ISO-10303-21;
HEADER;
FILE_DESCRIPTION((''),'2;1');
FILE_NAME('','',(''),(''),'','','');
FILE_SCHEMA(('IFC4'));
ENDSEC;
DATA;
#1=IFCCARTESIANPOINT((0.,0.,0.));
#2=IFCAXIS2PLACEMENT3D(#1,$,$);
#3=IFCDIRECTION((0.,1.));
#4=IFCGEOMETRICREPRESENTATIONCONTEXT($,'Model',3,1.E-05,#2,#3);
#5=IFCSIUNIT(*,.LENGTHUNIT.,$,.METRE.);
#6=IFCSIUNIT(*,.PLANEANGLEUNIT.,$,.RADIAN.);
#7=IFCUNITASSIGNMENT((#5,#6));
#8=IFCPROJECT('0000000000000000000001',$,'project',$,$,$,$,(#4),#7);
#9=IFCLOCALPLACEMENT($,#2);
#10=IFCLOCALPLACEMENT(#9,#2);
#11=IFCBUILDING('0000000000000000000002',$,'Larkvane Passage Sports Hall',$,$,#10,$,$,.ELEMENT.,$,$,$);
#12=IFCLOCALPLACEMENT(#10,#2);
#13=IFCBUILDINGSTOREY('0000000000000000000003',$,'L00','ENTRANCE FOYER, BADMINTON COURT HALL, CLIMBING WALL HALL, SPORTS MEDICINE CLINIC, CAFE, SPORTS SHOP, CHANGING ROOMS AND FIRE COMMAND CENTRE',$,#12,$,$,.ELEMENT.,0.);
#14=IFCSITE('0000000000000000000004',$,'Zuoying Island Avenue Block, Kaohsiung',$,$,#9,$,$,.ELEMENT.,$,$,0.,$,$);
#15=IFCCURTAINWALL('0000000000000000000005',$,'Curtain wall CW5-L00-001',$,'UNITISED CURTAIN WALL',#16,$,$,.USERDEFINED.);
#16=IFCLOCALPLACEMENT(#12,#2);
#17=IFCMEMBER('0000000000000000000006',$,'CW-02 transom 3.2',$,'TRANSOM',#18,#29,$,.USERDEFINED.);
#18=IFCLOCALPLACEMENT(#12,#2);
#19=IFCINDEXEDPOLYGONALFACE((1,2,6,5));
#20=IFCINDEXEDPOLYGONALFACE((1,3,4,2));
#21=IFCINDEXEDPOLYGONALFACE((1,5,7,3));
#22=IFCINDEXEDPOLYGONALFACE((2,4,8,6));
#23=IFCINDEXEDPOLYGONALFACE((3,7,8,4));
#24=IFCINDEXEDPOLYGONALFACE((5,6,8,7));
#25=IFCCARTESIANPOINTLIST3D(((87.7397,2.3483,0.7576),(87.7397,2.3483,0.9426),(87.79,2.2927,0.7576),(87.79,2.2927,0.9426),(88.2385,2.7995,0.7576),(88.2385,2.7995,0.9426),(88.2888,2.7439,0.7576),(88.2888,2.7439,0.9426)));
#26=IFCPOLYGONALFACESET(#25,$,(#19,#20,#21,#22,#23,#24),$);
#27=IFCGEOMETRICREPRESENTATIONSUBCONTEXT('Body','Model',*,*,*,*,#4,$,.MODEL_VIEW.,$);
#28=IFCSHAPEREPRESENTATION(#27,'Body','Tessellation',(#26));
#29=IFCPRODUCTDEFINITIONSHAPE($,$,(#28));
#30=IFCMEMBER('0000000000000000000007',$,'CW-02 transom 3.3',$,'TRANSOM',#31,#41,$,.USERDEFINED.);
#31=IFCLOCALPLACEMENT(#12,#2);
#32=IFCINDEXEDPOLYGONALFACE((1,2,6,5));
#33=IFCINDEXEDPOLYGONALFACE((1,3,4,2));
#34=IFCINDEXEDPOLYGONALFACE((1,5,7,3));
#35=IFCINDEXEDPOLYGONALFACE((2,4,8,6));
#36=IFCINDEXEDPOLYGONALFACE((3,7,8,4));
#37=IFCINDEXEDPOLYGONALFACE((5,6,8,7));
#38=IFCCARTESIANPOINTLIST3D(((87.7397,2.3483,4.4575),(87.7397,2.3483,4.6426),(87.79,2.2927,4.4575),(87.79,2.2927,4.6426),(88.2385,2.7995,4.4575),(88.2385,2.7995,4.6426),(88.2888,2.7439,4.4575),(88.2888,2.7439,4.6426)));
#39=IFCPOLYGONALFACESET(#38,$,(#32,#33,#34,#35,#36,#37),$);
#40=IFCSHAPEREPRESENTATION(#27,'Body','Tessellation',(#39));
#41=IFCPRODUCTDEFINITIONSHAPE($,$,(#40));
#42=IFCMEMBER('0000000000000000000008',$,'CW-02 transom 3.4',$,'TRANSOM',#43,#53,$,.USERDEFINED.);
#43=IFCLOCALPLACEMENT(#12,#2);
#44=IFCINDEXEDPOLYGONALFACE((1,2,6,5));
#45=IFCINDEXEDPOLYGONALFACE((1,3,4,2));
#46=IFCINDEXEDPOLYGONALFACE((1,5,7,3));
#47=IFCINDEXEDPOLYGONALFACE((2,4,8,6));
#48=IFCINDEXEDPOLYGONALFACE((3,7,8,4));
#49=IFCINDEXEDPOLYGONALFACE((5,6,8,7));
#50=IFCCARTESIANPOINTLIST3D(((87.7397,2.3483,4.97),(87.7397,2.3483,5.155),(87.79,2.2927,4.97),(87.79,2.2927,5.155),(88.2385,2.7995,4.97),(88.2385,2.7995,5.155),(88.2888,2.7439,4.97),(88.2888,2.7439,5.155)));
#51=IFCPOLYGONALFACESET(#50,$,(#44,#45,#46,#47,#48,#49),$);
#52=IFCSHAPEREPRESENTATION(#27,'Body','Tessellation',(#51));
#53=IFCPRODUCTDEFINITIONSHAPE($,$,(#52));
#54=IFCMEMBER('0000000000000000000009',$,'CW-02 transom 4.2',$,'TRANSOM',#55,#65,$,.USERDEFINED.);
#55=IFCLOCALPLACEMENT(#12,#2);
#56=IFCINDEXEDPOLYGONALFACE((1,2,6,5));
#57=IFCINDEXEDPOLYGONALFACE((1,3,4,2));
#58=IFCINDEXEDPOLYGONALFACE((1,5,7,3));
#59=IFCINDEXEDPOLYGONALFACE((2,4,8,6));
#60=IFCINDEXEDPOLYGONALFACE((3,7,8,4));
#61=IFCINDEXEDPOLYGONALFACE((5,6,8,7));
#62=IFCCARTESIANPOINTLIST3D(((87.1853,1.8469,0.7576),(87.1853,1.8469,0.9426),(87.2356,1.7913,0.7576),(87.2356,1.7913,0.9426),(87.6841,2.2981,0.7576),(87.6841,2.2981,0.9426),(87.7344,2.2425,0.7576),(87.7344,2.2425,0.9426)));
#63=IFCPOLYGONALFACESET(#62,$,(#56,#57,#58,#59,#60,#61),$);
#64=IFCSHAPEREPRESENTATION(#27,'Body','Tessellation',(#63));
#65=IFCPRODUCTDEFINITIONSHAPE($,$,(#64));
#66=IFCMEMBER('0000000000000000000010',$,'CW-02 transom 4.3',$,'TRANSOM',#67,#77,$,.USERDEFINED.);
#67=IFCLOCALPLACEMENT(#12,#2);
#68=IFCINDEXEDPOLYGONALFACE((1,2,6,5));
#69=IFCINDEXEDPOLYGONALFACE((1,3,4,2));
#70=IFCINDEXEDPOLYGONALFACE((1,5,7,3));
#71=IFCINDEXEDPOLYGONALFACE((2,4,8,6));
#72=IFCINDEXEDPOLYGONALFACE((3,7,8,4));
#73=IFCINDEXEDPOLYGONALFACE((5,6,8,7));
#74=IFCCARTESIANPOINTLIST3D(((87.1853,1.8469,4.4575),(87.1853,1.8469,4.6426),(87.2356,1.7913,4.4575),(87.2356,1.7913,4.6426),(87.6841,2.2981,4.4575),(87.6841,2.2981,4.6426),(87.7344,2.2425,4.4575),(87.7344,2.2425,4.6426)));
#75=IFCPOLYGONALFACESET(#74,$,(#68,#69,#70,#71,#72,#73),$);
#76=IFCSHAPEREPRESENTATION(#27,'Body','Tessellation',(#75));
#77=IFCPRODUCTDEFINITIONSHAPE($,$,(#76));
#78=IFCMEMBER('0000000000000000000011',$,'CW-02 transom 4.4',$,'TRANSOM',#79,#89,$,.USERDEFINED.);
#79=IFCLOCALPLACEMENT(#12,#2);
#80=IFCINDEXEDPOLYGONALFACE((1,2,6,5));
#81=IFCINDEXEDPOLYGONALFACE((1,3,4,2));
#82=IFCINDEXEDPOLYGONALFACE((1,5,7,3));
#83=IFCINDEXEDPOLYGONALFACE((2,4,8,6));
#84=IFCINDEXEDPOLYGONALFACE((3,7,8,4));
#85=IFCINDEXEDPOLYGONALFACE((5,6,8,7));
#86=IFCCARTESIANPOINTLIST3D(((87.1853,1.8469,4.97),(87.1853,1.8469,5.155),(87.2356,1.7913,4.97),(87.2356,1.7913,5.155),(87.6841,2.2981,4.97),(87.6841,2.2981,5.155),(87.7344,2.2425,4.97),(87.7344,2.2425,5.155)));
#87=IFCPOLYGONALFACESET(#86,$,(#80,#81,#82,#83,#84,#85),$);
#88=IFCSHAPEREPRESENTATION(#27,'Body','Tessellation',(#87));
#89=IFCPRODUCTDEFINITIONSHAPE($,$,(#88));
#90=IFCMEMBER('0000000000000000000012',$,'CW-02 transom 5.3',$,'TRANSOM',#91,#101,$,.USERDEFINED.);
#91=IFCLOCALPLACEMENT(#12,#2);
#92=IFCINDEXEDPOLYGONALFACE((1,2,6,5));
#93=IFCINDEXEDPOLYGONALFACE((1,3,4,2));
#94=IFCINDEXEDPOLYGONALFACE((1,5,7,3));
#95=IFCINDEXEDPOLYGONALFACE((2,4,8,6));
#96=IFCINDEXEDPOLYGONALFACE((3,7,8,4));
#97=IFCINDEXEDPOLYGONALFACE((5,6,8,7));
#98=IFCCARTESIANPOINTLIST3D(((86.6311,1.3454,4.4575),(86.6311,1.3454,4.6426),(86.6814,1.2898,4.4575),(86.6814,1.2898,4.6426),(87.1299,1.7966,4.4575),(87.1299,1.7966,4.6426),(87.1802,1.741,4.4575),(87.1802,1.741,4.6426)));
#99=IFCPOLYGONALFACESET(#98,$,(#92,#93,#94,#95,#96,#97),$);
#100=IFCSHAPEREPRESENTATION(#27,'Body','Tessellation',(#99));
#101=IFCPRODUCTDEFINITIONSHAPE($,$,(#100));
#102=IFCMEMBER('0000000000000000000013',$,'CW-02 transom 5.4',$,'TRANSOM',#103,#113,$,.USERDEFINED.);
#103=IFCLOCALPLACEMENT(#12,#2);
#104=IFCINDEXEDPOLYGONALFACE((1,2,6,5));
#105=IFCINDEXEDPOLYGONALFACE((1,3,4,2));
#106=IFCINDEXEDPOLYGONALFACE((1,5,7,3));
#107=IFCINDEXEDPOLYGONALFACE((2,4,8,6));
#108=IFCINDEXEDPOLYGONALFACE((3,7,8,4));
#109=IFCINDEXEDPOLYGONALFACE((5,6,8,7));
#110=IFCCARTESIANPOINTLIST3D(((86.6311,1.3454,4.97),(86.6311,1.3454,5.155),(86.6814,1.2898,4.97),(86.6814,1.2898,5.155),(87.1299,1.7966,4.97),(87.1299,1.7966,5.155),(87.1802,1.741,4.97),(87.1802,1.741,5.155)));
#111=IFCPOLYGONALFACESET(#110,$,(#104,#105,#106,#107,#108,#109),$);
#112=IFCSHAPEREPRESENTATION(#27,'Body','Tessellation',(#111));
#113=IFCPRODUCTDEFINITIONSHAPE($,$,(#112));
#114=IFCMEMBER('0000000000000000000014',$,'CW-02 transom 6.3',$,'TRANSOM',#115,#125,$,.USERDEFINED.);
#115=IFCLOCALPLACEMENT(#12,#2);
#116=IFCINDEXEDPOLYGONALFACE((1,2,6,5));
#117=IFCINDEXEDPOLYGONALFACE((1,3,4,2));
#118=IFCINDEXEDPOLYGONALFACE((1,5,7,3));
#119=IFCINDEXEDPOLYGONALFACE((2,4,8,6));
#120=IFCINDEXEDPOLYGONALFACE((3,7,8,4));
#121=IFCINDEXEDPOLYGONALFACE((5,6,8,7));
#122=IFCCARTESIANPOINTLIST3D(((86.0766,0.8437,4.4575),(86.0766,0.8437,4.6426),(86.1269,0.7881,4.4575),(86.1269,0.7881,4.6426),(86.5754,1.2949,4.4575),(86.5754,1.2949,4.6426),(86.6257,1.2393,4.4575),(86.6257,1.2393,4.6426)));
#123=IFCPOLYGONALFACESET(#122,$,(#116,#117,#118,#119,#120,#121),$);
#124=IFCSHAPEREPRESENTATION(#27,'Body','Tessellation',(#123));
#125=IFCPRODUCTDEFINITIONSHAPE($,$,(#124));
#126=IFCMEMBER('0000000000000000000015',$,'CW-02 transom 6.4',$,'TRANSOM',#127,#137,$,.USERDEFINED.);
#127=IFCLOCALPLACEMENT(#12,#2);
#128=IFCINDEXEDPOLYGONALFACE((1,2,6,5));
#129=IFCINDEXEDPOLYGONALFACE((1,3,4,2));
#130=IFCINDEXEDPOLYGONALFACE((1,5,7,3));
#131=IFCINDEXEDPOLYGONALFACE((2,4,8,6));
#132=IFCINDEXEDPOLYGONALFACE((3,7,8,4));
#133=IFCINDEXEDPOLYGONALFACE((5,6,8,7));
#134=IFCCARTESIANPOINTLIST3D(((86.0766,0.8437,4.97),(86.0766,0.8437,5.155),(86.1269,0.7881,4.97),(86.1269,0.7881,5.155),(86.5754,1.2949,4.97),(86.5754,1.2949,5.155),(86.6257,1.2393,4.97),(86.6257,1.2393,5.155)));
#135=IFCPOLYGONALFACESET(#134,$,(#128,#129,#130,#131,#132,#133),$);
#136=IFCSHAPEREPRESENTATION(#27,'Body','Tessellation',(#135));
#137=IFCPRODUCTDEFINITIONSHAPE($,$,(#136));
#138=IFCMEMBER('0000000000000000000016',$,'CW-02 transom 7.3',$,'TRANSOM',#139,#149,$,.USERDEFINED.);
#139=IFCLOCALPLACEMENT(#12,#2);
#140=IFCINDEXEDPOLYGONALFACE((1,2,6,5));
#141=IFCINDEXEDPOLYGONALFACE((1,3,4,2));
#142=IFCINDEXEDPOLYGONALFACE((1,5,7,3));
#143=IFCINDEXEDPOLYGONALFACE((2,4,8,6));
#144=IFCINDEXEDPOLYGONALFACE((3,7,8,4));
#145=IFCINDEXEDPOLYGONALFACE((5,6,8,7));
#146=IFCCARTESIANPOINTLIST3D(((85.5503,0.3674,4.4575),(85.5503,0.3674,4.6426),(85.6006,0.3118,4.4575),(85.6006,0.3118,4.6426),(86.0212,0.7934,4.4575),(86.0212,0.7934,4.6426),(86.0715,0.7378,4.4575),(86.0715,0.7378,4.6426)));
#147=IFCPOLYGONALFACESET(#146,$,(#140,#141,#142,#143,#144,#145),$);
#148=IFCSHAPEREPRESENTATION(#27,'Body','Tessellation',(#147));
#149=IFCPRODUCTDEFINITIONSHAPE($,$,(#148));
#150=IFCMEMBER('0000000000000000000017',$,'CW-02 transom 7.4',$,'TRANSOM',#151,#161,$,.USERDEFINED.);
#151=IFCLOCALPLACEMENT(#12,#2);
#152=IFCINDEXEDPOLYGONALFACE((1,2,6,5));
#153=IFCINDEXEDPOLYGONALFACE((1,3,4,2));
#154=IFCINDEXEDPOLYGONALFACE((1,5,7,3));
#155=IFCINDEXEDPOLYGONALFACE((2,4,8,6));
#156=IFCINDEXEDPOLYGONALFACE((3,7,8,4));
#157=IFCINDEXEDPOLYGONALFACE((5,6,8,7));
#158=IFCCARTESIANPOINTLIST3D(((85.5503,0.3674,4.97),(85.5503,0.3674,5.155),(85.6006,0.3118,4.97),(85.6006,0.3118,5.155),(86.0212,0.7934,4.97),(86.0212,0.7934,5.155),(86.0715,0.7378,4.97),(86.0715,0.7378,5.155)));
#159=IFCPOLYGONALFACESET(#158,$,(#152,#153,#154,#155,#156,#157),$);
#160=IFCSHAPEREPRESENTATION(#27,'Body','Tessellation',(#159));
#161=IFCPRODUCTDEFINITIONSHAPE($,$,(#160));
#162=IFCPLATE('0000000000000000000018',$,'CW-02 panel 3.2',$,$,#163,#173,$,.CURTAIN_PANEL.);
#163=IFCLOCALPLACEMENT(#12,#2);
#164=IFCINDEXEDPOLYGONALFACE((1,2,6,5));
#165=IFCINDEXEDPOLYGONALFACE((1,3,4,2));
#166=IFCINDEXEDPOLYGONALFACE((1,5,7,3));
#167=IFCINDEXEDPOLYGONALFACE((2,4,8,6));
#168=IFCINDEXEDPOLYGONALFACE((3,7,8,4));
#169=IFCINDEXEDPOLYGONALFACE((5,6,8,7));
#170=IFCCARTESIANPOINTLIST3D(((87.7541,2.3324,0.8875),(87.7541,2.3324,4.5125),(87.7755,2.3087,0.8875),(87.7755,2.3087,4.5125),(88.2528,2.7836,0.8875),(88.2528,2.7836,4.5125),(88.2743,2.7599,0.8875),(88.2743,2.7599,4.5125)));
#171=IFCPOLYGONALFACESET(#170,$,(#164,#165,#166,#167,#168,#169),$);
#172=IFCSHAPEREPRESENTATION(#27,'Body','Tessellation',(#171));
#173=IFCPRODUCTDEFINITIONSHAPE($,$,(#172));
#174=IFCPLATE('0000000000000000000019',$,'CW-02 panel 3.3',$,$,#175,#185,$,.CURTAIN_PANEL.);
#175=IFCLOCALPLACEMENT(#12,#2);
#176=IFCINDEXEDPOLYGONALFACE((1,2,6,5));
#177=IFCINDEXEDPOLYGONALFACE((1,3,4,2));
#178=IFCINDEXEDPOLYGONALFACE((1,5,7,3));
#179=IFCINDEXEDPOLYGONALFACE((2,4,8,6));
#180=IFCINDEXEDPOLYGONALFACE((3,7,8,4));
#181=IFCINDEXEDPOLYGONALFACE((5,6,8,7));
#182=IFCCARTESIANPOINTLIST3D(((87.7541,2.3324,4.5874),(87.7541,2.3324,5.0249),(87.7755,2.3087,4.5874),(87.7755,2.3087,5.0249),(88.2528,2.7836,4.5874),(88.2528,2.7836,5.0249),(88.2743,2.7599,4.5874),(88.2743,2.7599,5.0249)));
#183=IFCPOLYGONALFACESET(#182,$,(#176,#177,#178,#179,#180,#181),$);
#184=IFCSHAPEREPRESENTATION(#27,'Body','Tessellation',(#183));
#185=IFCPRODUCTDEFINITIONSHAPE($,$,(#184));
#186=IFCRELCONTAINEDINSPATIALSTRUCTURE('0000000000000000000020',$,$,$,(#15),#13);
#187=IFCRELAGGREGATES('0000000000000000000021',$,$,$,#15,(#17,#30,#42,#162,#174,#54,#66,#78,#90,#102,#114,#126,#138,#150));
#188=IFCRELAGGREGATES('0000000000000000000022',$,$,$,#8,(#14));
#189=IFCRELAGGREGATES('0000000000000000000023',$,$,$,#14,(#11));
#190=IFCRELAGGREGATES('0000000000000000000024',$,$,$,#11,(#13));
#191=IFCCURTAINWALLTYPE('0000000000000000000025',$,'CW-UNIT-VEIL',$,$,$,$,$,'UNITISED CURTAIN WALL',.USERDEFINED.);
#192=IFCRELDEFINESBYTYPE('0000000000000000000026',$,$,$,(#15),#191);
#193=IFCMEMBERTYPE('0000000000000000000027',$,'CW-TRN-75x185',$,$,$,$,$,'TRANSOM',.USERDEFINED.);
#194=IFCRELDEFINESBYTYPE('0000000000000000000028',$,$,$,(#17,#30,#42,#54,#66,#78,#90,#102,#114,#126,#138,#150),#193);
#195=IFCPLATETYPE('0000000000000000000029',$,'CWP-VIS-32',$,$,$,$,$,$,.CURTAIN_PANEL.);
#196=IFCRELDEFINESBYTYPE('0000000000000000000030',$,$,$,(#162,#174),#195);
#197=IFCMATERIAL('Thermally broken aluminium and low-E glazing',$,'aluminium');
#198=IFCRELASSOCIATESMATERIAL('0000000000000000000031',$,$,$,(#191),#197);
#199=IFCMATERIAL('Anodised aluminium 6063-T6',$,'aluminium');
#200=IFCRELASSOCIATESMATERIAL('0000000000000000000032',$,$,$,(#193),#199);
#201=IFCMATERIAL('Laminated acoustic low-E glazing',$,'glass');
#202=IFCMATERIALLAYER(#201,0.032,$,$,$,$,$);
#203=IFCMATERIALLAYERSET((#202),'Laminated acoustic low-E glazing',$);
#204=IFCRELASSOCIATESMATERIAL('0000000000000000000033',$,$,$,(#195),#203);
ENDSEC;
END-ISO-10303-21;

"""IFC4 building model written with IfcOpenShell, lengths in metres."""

from ifc_helpers import new_model, si_unit, direction, frame, origin, origin_2d, place, context, subcontext, project, spatial, rectangle, extrude, material, layer, layer_set, material_profile, profile_set, type_object, element, aggregate, save


model = new_model("IFC4")

# Units and contexts
model_context = context("Model", 3, precision=1e-05, world=origin(), true_north=direction((0.0, 1.0)))
body_context = subcontext(model_context, "Body", "Model", "MODEL_VIEW")
ifc_project = project(units=[si_unit("LENGTHUNIT", "METRE"), si_unit("PLANEANGLEUNIT", "RADIAN")], contexts=[model_context])

# Site, building, storey
site_placement = place(None, origin())
site = spatial("IfcSite", under=ifc_project, at=site_placement, Name="Zuoying Island Avenue Block, Kaohsiung", CompositionType="ELEMENT", RefElevation=0.0)
building_placement = place(site_placement, origin())
building = spatial("IfcBuilding", under=site, at=building_placement, Name="Larkvane Passage Sports Hall", CompositionType="ELEMENT")
storey_placement = place(building_placement, origin())
storey = spatial("IfcBuildingStorey", under=building, at=storey_placement, Name="L00", Description="ENTRANCE FOYER, BADMINTON COURT HALL, CLIMBING WALL HALL, SPORTS MEDICINE CLINIC, CAFE, SPORTS SHOP, CHANGING ROOMS AND FIRE COMMAND CENTRE", CompositionType="ELEMENT", Elevation=0.0)

# Curtain wall, members, plates
ifc_material_1 = material(Name="Thermally broken aluminium and low-E glazing", Category="aluminium")
curtain_wall_type = type_object("IfcCurtainWallType", Name="CW-UNIT-VEIL", ElementType="UNITISED CURTAIN WALL", PredefinedType="USERDEFINED", material=ifc_material_1)
curtain_wall_placement = place(storey_placement, origin())
curtain_wall = element("IfcCurtainWall", 1, at=curtain_wall_placement, inside=storey, type_object=curtain_wall_type, Name="Curtain wall CW5-L00-001", ObjectType="UNITISED CURTAIN WALL", PredefinedType="USERDEFINED")
ifc_material_2 = material(Name="Anodised aluminium 6063-T6", Category="aluminium")
ifc_material_profile = material_profile(ifc_material_2, rectangle(XDim=0.075, YDim=0.1851, at=origin_2d()), Name="ALU-TRN-75x185")
ifc_profile_set = profile_set([ifc_material_profile], Name="Anodised aluminium 6063-T6")
member_type = type_object("IfcMemberType", Name="CW-TRN-75x185", ElementType="TRANSOM", PredefinedType="USERDEFINED", material=ifc_profile_set)
member_1_placement = place(storey_placement, frame((88.2637, 2.7717, 0.8501), z_axis=(-0.741613, -0.670828, 0.0), x_axis=(0.670828, -0.741613, 0.0)))
member_1 = element("IfcMember", 2, at=member_1_placement, type_object=member_type, Name="CW-02 transom 3.2", ObjectType="TRANSOM", PredefinedType="USERDEFINED", context=body_context, shape_type="SweptSolid", body=[
    extrude(rectangle(XDim=0.075, YDim=0.1851, at=origin_2d()), origin(), (0.0, 0.0, 1.0), 0.6726),
])
member_2_placement = place(storey_placement, frame((88.2637, 2.7717, 4.55), z_axis=(-0.741613, -0.670828, 0.0), x_axis=(0.670828, -0.741613, 0.0)))
member_2 = element("IfcMember", 3, at=member_2_placement, type_object=member_type, Name="CW-02 transom 3.3", ObjectType="TRANSOM", PredefinedType="USERDEFINED", context=body_context, shape_type="SweptSolid", body=[
    extrude(rectangle(XDim=0.075, YDim=0.1851, at=origin_2d()), origin(), (0.0, 0.0, 1.0), 0.6726),
])
member_3_placement = place(storey_placement, frame((88.2637, 2.7717, 5.0625), z_axis=(-0.741613, -0.670828, 0.0), x_axis=(0.670828, -0.741613, 0.0)))
member_3 = element("IfcMember", 4, at=member_3_placement, type_object=member_type, Name="CW-02 transom 3.4", ObjectType="TRANSOM", PredefinedType="USERDEFINED", context=body_context, shape_type="SweptSolid", body=[
    extrude(rectangle(XDim=0.075, YDim=0.1851, at=origin_2d()), origin(), (0.0, 0.0, 1.0), 0.6726),
])
member_4_placement = place(storey_placement, frame((87.7092, 2.2703, 0.8501), z_axis=(-0.741613, -0.670828, 0.0), x_axis=(0.670828, -0.741613, 0.0)))
member_4 = element("IfcMember", 5, at=member_4_placement, type_object=member_type, Name="CW-02 transom 4.2", ObjectType="TRANSOM", PredefinedType="USERDEFINED", context=body_context, shape_type="SweptSolid", body=[
    extrude(rectangle(XDim=0.075, YDim=0.1851, at=origin_2d()), origin(), (0.0, 0.0, 1.0), 0.6726),
])
member_5_placement = place(storey_placement, frame((87.7092, 2.2703, 4.55), z_axis=(-0.741613, -0.670828, 0.0), x_axis=(0.670828, -0.741613, 0.0)))
member_5 = element("IfcMember", 6, at=member_5_placement, type_object=member_type, Name="CW-02 transom 4.3", ObjectType="TRANSOM", PredefinedType="USERDEFINED", context=body_context, shape_type="SweptSolid", body=[
    extrude(rectangle(XDim=0.075, YDim=0.1851, at=origin_2d()), origin(), (0.0, 0.0, 1.0), 0.6726),
])
member_6_placement = place(storey_placement, frame((87.7092, 2.2703, 5.0625), z_axis=(-0.741613, -0.670828, 0.0), x_axis=(0.670828, -0.741613, 0.0)))
member_6 = element("IfcMember", 7, at=member_6_placement, type_object=member_type, Name="CW-02 transom 4.4", ObjectType="TRANSOM", PredefinedType="USERDEFINED", context=body_context, shape_type="SweptSolid", body=[
    extrude(rectangle(XDim=0.075, YDim=0.1851, at=origin_2d()), origin(), (0.0, 0.0, 1.0), 0.6726),
])
member_7_placement = place(storey_placement, frame((87.155, 1.7688, 4.55), z_axis=(-0.741613, -0.670828, 0.0), x_axis=(0.670828, -0.741613, 0.0)))
member_7 = element("IfcMember", 8, at=member_7_placement, type_object=member_type, Name="CW-02 transom 5.3", ObjectType="TRANSOM", PredefinedType="USERDEFINED", context=body_context, shape_type="SweptSolid", body=[
    extrude(rectangle(XDim=0.075, YDim=0.1851, at=origin_2d()), origin(), (0.0, 0.0, 1.0), 0.6726),
])
member_8_placement = place(storey_placement, frame((87.155, 1.7688, 5.0625), z_axis=(-0.741613, -0.670828, 0.0), x_axis=(0.670828, -0.741613, 0.0)))
member_8 = element("IfcMember", 9, at=member_8_placement, type_object=member_type, Name="CW-02 transom 5.4", ObjectType="TRANSOM", PredefinedType="USERDEFINED", context=body_context, shape_type="SweptSolid", body=[
    extrude(rectangle(XDim=0.075, YDim=0.1851, at=origin_2d()), origin(), (0.0, 0.0, 1.0), 0.6726),
])
member_9_placement = place(storey_placement, frame((86.6006, 1.2671, 4.55), z_axis=(-0.741613, -0.670828, 0.0), x_axis=(0.670828, -0.741613, 0.0)))
member_9 = element("IfcMember", 10, at=member_9_placement, type_object=member_type, Name="CW-02 transom 6.3", ObjectType="TRANSOM", PredefinedType="USERDEFINED", context=body_context, shape_type="SweptSolid", body=[
    extrude(rectangle(XDim=0.075, YDim=0.1851, at=origin_2d()), origin(), (0.0, 0.0, 1.0), 0.6726),
])
member_10_placement = place(storey_placement, frame((86.6006, 1.2671, 5.0625), z_axis=(-0.741613, -0.670828, 0.0), x_axis=(0.670828, -0.741613, 0.0)))
member_10 = element("IfcMember", 11, at=member_10_placement, type_object=member_type, Name="CW-02 transom 6.4", ObjectType="TRANSOM", PredefinedType="USERDEFINED", context=body_context, shape_type="SweptSolid", body=[
    extrude(rectangle(XDim=0.075, YDim=0.1851, at=origin_2d()), origin(), (0.0, 0.0, 1.0), 0.6726),
])
member_11_placement = place(storey_placement, frame((86.0464, 0.7656, 4.55), z_axis=(-0.74159, -0.670853, 0.0), x_axis=(0.670853, -0.74159, 0.0)))
member_11 = element("IfcMember", 12, at=member_11_placement, type_object=member_type, Name="CW-02 transom 7.3", ObjectType="TRANSOM", PredefinedType="USERDEFINED", context=body_context, shape_type="SweptSolid", body=[
    extrude(rectangle(XDim=0.075, YDim=0.1851, at=origin_2d()), origin(), (0.0, 0.0, 1.0), 0.635),
])
member_12_placement = place(storey_placement, frame((86.0464, 0.7656, 5.0625), z_axis=(-0.74159, -0.670853, 0.0), x_axis=(0.670853, -0.74159, 0.0)))
member_12 = element("IfcMember", 13, at=member_12_placement, type_object=member_type, Name="CW-02 transom 7.4", ObjectType="TRANSOM", PredefinedType="USERDEFINED", context=body_context, shape_type="SweptSolid", body=[
    extrude(rectangle(XDim=0.075, YDim=0.1851, at=origin_2d()), origin(), (0.0, 0.0, 1.0), 0.635),
])
ifc_material_3 = material(Name="Laminated acoustic low-E glazing", Category="glass")
ifc_layer = layer(ifc_material_3, 0.032)
ifc_layer_set = layer_set([ifc_layer], Name="Laminated acoustic low-E glazing")
plate_type = type_object("IfcPlateType", Name="CWP-VIS-32", PredefinedType="CURTAIN_PANEL", material=ifc_layer_set)
plate_1_placement = place(storey_placement, frame((88.0142, 2.5461, 0.8875), z_axis=(0.0, 0.0, 1.0), x_axis=(-0.741532, -0.670918, 0.0)))
plate_1 = element("IfcPlate", 14, at=plate_1_placement, type_object=plate_type, Name="CW-02 panel 3.2", PredefinedType="CURTAIN_PANEL", context=body_context, shape_type="SweptSolid", body=[
    extrude(rectangle(XDim=0.6726, YDim=0.032, at=origin_2d()), origin(), (0.0, 0.0, 1.0), 3.625),
])
plate_2_placement = place(storey_placement, frame((88.0142, 2.5461, 4.5874), z_axis=(0.0, 0.0, 1.0), x_axis=(-0.741532, -0.670918, 0.0)))
plate_2 = element("IfcPlate", 15, at=plate_2_placement, type_object=plate_type, Name="CW-02 panel 3.3", PredefinedType="CURTAIN_PANEL", context=body_context, shape_type="SweptSolid", body=[
    extrude(rectangle(XDim=0.6726, YDim=0.032, at=origin_2d()), origin(), (0.0, 0.0, 1.0), 0.4375),
])
aggregate(curtain_wall, [member_1, member_2, member_3, plate_1, plate_2, member_4, member_5, member_6, member_7, member_8, member_9, member_10, member_11, member_12])

save(model, "model.ifc")
